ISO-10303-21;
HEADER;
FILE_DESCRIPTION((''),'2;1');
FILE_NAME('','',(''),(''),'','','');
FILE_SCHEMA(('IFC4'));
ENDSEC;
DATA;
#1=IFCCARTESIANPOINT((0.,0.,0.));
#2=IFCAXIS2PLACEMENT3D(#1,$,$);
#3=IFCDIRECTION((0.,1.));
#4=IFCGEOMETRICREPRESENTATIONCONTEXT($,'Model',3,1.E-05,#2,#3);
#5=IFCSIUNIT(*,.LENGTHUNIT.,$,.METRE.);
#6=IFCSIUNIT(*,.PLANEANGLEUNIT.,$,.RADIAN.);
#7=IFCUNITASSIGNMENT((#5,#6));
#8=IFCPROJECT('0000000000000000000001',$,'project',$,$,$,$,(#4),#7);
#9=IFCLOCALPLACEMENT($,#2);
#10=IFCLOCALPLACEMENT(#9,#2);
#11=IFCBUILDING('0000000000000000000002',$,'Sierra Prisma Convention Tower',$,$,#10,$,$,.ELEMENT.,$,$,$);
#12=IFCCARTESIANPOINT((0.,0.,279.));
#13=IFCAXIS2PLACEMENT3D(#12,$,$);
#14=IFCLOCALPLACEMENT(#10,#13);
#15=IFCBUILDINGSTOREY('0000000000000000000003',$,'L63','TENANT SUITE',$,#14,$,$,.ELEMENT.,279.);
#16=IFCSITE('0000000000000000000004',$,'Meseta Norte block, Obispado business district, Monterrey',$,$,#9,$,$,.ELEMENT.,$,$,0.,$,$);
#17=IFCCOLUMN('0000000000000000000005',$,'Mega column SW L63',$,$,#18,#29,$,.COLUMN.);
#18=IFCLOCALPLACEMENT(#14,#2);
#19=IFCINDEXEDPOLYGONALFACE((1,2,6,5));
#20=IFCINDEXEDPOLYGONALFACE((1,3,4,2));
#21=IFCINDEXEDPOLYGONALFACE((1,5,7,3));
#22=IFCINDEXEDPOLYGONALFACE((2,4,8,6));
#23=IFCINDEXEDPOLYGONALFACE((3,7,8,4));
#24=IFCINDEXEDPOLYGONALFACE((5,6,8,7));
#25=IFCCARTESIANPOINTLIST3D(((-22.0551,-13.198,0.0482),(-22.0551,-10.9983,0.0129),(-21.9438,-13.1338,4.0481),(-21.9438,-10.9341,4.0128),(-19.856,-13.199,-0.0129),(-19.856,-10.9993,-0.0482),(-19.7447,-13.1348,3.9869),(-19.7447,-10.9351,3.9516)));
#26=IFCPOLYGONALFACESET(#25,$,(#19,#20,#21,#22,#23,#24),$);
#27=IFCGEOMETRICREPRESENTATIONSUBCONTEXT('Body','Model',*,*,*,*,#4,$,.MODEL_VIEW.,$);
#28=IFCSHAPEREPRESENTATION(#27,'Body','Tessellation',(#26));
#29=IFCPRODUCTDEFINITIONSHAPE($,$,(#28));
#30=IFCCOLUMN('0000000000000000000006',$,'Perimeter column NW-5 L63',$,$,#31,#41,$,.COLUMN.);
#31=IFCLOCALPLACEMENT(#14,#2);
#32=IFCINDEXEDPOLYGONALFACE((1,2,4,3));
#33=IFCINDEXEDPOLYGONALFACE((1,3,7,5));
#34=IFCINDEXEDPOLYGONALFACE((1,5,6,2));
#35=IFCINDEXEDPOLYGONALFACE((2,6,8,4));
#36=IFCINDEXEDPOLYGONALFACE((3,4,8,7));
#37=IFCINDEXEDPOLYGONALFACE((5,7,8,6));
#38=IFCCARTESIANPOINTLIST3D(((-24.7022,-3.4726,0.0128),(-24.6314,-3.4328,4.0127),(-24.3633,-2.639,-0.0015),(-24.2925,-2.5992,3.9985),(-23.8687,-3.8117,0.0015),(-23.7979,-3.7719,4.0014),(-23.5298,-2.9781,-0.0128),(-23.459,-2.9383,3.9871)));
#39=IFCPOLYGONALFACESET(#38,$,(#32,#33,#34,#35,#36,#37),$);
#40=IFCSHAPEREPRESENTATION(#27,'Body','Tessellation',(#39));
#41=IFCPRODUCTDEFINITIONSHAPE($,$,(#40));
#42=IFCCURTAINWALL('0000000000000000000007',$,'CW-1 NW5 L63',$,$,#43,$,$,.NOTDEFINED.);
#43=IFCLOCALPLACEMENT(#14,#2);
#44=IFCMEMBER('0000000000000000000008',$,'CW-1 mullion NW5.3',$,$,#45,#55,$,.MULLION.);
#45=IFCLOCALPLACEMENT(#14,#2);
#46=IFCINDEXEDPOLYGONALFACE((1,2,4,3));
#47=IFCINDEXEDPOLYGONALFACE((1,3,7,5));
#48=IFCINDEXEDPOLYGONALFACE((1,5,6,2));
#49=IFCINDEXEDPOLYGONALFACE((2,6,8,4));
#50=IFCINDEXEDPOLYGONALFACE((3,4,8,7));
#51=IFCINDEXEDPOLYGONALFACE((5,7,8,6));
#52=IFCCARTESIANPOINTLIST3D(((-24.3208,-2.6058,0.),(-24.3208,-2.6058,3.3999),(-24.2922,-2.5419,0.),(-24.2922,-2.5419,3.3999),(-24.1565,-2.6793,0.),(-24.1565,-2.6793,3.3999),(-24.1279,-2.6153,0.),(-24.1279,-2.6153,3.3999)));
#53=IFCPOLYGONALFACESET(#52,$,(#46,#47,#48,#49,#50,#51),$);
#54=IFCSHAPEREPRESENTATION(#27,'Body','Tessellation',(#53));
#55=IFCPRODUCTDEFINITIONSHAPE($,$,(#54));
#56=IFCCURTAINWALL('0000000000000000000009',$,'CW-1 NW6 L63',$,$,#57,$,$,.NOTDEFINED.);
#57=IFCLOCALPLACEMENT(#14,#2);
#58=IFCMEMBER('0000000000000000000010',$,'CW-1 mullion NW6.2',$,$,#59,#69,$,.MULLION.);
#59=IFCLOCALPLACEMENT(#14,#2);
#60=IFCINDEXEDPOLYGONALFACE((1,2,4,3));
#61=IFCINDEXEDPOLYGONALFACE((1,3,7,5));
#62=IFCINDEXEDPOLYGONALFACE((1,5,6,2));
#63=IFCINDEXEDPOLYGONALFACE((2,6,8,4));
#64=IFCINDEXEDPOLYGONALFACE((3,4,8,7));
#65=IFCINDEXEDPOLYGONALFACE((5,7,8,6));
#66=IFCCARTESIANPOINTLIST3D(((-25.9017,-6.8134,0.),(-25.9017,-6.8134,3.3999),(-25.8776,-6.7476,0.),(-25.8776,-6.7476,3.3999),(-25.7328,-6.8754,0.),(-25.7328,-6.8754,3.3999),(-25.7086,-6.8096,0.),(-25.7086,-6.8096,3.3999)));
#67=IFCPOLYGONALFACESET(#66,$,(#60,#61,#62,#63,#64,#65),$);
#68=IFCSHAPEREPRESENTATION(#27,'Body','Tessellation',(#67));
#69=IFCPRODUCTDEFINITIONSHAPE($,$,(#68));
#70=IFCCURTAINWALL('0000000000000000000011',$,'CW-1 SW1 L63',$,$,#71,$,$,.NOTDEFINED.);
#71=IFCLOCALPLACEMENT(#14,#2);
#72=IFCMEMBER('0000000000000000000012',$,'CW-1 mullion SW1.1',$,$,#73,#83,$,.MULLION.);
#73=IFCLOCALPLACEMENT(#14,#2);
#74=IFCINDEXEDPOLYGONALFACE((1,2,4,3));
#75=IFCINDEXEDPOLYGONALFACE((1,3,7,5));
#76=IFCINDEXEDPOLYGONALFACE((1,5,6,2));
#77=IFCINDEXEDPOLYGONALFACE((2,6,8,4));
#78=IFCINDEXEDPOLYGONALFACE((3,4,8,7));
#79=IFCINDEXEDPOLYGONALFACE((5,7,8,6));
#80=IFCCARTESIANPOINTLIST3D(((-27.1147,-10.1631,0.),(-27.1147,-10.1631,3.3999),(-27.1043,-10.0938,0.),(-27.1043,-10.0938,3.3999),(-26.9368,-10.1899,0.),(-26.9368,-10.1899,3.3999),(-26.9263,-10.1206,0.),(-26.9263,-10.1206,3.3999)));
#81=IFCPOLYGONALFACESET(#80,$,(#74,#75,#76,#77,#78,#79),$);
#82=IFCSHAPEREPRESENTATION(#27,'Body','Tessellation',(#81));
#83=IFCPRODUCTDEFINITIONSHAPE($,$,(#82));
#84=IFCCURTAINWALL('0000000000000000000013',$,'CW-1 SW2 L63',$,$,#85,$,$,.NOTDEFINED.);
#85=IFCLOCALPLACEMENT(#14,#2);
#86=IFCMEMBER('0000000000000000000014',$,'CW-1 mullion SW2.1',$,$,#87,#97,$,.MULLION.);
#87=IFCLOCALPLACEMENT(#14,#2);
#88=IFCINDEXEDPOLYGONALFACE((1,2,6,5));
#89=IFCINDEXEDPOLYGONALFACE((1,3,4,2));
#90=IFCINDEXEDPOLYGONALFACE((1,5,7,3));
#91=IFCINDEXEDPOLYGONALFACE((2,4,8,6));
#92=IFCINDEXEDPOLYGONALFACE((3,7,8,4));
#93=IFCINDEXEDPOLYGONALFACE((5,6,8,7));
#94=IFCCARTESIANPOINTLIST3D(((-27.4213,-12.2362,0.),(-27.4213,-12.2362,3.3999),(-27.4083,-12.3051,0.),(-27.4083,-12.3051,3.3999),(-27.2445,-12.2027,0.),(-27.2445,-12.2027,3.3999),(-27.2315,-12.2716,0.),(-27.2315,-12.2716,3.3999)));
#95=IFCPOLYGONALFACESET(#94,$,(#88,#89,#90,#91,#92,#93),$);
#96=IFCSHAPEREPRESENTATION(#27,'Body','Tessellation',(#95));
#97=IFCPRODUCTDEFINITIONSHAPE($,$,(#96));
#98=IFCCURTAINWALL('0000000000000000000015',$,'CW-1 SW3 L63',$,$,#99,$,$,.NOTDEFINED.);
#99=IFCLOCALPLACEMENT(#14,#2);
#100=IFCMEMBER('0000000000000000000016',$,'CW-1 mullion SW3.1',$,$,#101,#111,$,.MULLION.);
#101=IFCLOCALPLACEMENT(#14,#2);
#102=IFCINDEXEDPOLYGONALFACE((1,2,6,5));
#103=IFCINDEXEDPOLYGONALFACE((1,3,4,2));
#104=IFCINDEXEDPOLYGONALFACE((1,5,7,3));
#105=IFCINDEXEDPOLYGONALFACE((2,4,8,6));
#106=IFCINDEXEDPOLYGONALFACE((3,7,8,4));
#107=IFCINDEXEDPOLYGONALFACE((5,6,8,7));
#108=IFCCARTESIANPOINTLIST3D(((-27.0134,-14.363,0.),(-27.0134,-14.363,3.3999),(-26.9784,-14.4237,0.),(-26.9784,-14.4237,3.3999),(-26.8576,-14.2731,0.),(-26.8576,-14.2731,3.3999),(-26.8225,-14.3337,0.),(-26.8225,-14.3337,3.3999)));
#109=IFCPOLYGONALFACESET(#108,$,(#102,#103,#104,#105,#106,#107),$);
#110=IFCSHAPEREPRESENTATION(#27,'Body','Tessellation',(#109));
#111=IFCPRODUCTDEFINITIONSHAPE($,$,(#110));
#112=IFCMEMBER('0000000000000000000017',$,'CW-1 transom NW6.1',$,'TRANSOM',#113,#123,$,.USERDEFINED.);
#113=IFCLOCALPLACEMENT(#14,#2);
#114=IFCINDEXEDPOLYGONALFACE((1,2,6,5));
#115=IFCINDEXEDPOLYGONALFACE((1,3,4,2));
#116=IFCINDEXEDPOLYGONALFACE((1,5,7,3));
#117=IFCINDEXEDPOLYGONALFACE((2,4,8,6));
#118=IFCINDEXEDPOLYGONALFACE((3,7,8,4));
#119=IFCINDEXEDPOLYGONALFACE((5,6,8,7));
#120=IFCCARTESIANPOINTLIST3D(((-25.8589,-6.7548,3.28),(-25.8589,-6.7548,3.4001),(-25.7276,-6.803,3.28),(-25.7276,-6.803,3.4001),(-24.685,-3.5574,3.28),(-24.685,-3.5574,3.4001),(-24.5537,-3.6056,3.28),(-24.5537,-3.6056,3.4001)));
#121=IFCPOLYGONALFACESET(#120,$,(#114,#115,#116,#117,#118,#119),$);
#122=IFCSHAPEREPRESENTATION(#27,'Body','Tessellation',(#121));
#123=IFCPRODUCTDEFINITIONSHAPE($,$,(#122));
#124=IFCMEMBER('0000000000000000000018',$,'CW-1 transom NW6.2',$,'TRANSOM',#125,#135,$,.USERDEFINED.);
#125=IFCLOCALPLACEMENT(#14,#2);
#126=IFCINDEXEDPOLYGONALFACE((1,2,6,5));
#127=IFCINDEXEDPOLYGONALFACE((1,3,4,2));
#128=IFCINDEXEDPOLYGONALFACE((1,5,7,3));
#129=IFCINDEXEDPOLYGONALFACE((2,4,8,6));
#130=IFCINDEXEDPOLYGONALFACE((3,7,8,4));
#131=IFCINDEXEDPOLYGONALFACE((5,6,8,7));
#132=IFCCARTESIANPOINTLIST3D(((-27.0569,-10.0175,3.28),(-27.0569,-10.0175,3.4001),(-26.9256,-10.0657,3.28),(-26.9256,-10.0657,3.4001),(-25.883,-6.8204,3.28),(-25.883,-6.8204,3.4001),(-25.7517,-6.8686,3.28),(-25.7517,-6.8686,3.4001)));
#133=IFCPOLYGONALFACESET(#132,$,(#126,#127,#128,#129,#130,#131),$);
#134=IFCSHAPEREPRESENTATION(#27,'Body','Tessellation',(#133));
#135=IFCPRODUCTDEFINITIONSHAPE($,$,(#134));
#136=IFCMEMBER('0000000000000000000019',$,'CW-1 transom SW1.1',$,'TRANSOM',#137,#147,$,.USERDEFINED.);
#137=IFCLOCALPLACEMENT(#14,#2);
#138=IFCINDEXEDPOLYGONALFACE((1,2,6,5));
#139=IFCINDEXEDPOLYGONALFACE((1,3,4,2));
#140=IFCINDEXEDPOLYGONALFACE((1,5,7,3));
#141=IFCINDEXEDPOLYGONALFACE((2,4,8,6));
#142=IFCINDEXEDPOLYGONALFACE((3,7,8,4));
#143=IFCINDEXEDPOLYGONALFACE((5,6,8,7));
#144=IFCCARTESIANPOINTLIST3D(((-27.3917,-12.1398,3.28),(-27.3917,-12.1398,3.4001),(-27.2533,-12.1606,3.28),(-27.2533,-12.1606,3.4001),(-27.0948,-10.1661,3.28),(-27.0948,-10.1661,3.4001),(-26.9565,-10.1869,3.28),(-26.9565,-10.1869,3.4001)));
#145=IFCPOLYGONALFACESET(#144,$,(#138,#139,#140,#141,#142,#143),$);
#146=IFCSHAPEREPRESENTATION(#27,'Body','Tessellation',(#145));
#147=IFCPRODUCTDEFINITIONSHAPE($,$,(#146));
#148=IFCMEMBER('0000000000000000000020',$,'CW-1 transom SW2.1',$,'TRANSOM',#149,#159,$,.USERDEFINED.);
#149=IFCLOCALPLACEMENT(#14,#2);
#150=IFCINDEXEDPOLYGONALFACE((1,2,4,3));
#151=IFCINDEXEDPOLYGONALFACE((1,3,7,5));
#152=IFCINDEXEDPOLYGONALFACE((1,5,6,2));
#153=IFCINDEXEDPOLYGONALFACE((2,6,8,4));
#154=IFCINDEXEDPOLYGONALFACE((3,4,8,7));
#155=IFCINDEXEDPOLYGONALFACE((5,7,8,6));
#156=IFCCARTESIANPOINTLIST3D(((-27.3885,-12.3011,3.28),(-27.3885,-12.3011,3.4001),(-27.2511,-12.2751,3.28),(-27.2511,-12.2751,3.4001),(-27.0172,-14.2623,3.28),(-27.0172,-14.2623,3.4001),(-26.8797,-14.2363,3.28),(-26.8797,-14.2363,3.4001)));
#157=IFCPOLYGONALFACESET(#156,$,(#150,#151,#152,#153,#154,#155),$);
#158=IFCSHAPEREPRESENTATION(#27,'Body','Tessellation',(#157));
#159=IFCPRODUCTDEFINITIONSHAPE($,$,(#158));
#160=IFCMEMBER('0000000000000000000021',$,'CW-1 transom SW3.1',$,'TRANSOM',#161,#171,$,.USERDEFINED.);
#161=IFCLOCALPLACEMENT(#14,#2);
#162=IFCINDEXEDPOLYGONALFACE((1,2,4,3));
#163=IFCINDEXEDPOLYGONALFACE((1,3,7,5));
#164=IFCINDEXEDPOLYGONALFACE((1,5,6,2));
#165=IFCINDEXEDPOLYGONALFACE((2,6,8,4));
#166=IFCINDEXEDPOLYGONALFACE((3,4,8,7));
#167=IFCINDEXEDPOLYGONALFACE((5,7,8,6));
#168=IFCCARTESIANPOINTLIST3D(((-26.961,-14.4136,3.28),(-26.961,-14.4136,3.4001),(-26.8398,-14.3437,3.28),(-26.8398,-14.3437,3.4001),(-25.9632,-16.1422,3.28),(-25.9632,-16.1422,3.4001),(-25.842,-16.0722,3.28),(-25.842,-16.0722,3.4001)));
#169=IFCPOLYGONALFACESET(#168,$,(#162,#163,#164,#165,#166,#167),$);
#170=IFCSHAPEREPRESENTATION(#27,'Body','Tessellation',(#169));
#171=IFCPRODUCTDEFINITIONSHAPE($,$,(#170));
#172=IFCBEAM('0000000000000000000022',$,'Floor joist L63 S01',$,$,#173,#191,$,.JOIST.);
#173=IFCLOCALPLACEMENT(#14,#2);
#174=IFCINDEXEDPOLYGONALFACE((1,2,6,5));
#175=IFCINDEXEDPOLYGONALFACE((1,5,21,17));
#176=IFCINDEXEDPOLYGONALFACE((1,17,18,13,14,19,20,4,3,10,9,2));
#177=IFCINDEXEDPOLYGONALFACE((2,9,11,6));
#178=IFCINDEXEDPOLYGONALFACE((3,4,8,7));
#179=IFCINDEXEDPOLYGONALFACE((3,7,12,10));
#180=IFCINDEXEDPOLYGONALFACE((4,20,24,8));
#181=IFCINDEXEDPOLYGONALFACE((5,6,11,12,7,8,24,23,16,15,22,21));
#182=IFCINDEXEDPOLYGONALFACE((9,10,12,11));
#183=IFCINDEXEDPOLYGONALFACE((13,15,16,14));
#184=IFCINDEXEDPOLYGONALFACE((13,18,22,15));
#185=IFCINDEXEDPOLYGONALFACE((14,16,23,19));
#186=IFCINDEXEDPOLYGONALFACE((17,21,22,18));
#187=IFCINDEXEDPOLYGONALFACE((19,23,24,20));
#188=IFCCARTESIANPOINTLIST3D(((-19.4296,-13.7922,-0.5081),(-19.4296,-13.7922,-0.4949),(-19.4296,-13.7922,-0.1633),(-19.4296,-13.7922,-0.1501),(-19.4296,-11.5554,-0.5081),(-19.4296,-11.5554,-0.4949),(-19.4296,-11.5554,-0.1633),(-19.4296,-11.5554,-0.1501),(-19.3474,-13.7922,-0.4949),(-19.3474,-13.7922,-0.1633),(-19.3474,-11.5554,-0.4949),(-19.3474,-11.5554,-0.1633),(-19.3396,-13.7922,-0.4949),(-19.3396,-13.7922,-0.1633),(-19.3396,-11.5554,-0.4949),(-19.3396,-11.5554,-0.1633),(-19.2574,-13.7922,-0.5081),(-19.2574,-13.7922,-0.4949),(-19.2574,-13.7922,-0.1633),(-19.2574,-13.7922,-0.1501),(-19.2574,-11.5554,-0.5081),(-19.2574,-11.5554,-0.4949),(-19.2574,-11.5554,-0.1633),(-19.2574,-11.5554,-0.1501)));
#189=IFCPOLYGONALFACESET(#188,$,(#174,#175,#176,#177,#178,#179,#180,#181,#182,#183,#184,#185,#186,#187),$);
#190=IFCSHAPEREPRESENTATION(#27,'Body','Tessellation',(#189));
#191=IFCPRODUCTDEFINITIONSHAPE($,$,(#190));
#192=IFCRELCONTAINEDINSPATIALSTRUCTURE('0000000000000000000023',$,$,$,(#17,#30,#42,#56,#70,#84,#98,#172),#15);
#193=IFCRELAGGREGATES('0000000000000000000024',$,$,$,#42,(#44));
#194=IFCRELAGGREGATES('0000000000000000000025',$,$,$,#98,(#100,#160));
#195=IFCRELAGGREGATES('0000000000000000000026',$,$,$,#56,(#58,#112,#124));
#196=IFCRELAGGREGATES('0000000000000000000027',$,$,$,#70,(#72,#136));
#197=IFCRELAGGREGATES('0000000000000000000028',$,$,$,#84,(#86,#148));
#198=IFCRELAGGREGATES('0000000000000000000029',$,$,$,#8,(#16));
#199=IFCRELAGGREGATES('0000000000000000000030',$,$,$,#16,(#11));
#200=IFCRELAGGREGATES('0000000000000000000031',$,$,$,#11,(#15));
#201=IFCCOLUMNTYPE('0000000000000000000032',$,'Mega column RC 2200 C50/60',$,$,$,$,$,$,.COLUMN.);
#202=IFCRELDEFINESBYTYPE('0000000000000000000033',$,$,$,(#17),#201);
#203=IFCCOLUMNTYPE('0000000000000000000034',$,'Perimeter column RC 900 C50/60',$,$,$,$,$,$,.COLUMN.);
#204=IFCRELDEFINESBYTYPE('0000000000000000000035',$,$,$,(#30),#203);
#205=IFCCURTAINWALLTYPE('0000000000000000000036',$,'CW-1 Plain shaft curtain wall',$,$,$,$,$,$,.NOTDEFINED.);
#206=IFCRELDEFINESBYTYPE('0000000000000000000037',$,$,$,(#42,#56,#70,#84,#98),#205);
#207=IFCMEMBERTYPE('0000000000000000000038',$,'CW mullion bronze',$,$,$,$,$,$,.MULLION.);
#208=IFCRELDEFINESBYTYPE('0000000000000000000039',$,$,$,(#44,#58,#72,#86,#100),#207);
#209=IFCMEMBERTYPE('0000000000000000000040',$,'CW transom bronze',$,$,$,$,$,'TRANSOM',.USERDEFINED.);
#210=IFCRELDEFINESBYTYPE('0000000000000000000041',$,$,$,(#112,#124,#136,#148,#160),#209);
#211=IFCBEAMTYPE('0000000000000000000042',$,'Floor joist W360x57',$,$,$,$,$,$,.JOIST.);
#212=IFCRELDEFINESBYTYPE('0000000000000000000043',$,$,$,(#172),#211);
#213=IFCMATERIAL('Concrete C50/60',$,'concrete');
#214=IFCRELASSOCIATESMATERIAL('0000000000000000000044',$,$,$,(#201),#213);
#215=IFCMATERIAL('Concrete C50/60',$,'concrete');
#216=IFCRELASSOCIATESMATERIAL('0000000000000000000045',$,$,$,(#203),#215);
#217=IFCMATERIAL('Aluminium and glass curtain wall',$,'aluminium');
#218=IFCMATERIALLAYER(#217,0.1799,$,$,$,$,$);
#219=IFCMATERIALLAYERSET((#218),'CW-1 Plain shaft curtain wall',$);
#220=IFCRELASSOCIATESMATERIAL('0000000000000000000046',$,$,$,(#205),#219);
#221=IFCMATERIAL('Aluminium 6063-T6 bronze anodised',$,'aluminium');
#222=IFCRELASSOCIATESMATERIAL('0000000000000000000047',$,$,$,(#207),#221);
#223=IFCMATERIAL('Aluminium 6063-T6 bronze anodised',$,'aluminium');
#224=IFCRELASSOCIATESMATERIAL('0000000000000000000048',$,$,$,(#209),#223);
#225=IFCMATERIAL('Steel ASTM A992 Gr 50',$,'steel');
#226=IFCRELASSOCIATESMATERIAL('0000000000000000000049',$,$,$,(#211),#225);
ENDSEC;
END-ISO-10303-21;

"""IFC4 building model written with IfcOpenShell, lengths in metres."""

from ifc_helpers import new_model, si_unit, direction, frame, origin, origin_2d, place, context, subcontext, project, spatial, rectangle, i_section, extrude, material, layer, layer_set, material_profile, profile_set, type_object, element, aggregate, save


model = new_model("IFC4")

# Units and contexts
model_context = context("Model", 3, precision=1e-05, world=origin(), true_north=direction((0.0, 1.0)))
body_context = subcontext(model_context, "Body", "Model", "MODEL_VIEW")
ifc_project = project(units=[si_unit("LENGTHUNIT", "METRE"), si_unit("PLANEANGLEUNIT", "RADIAN")], contexts=[model_context])

# Site, building, storey
site_placement = place(None, origin())
site = spatial("IfcSite", under=ifc_project, at=site_placement, Name="Meseta Norte block, Obispado business district, Monterrey", CompositionType="ELEMENT", RefElevation=0.0)
building_placement = place(site_placement, origin())
building = spatial("IfcBuilding", under=site, at=building_placement, Name="Sierra Prisma Convention Tower", CompositionType="ELEMENT")
storey_placement = place(building_placement, frame((0.0, 0.0, 279.0)))
storey = spatial("IfcBuildingStorey", under=building, at=storey_placement, Name="L63", Description="TENANT SUITE", CompositionType="ELEMENT", Elevation=279.0)

# Columns
ifc_material_1 = material(Name="Concrete C50/60", Category="concrete")
ifc_material_profile_1 = material_profile(ifc_material_1, rectangle(XDim=2.2, YDim=2.2, at=origin_2d()), Name="Mega column RC 2200 C50/60")
ifc_profile_set_1 = profile_set([ifc_material_profile_1], Name="Concrete C50/60")
column_type_1 = type_object("IfcColumnType", Name="Mega column RC 2200 C50/60", PredefinedType="COLUMN", material=ifc_profile_set_1)
column_1_placement = place(storey_placement, frame((-20.9556, -12.0986, 0.0), z_axis=(0.027818, 0.016044, 0.999484), x_axis=(0.999613, -0.000446, -0.027814)))
element("IfcColumn", 1, at=column_1_placement, inside=storey, type_object=column_type_1, Name="Mega column SW L63", PredefinedType="COLUMN", context=body_context, shape_type="SweptSolid", body=[
    extrude(rectangle(XDim=2.2, YDim=2.2, at=origin_2d()), origin(), (0.0, 0.0, 1.0), 4.002),
])
ifc_material_2 = material(Name="Concrete C50/60", Category="concrete")
ifc_material_profile_2 = material_profile(ifc_material_2, rectangle(XDim=0.8999, YDim=0.8999, at=origin_2d()), Name="Perimeter column RC 900 C50/60")
ifc_profile_set_2 = profile_set([ifc_material_profile_2], Name="Concrete C50/60")
column_type_2 = type_object("IfcColumnType", Name="Perimeter column RC 900 C50/60", PredefinedType="COLUMN", material=ifc_profile_set_2)
column_2_placement = place(storey_placement, frame((-24.116, -3.2253, 0.0), z_axis=(0.017697, 0.009947, 0.999794), x_axis=(0.376615, 0.926234, -0.015881)))
element("IfcColumn", 2, at=column_2_placement, inside=storey, type_object=column_type_2, Name="Perimeter column NW-5 L63", PredefinedType="COLUMN", context=body_context, shape_type="SweptSolid", body=[
    extrude(rectangle(XDim=0.8999, YDim=0.8999, at=origin_2d()), origin(), (0.0, 0.0, 1.0), 4.0007),
])

# Curtain walls, members
ifc_material_3 = material(Name="Aluminium and glass curtain wall", Category="aluminium")
ifc_layer_1 = layer(ifc_material_3, 0.1799)
ifc_layer_set_1 = layer_set([ifc_layer_1], Name="CW-1 Plain shaft curtain wall")
curtain_wall_type = type_object("IfcCurtainWallType", Name="CW-1 Plain shaft curtain wall", PredefinedType="NOTDEFINED", material=ifc_layer_set_1)
curtain_wall_1_placement = place(storey_placement, origin())
curtain_wall_1 = element("IfcCurtainWall", 3, at=curtain_wall_1_placement, inside=storey, type_object=curtain_wall_type, Name="CW-1 NW5 L63", PredefinedType="NOTDEFINED")
ifc_material_4 = material(Name="Aluminium 6063-T6 bronze anodised", Category="aluminium")
ifc_material_profile_3 = material_profile(ifc_material_4, rectangle(XDim=0.1799, YDim=0.0701, at=origin_2d()), Name="ALU MULLION 70x180")
ifc_profile_set_3 = profile_set([ifc_material_profile_3], Name="Aluminium 6063-T6 bronze anodised")
member_type_1 = type_object("IfcMemberType", Name="CW mullion bronze", PredefinedType="MULLION", material=ifc_profile_set_3)
member_1_placement = place(storey_placement, frame((-24.2244, -2.6106, 0.0), z_axis=(0.0, 0.0, 1.0), x_axis=(0.912864, -0.408264, 0.0)))
member_1 = element("IfcMember", 4, at=member_1_placement, type_object=member_type_1, Name="CW-1 mullion NW5.3", PredefinedType="MULLION", context=body_context, shape_type="SweptSolid", body=[
    extrude(rectangle(XDim=0.1799, YDim=0.0701, at=origin_2d()), origin(), (0.0, 0.0, 1.0), 3.3999),
])
aggregate(curtain_wall_1, [member_1])
curtain_wall_2_placement = place(storey_placement, origin())
curtain_wall_2 = element("IfcCurtainWall", 5, at=curtain_wall_2_placement, inside=storey, type_object=curtain_wall_type, Name="CW-1 NW6 L63", PredefinedType="NOTDEFINED")
member_2_placement = place(storey_placement, frame((-25.8052, -6.8115, 0.0), z_axis=(0.0, 0.0, 1.0), x_axis=(0.938735, -0.344639, 0.0)))
member_2 = element("IfcMember", 6, at=member_2_placement, type_object=member_type_1, Name="CW-1 mullion NW6.2", PredefinedType="MULLION", context=body_context, shape_type="SweptSolid", body=[
    extrude(rectangle(XDim=0.1799, YDim=0.0701, at=origin_2d()), origin(), (0.0, 0.0, 1.0), 3.3999),
])
curtain_wall_3_placement = place(storey_placement, origin())
curtain_wall_3 = element("IfcCurtainWall", 7, at=curtain_wall_3_placement, inside=storey, type_object=curtain_wall_type, Name="CW-1 SW1 L63", PredefinedType="NOTDEFINED")
member_3_placement = place(storey_placement, frame((-27.0205, -10.1418, 0.0), z_axis=(0.0, 0.0, 1.0), x_axis=(0.988878, -0.148731, 0.0)))
member_3 = element("IfcMember", 8, at=member_3_placement, type_object=member_type_1, Name="CW-1 mullion SW1.1", PredefinedType="MULLION", context=body_context, shape_type="SweptSolid", body=[
    extrude(rectangle(XDim=0.1799, YDim=0.0701, at=origin_2d()), origin(), (0.0, 0.0, 1.0), 3.3999),
])
curtain_wall_4_placement = place(storey_placement, origin())
curtain_wall_4 = element("IfcCurtainWall", 9, at=curtain_wall_4_placement, inside=storey, type_object=curtain_wall_type, Name="CW-1 SW2 L63", PredefinedType="NOTDEFINED")
member_4_placement = place(storey_placement, frame((-27.3264, -12.2539, 0.0), z_axis=(0.0, 0.0, 1.0), x_axis=(0.982537, 0.186066, 0.0)))
member_4 = element("IfcMember", 10, at=member_4_placement, type_object=member_type_1, Name="CW-1 mullion SW2.1", PredefinedType="MULLION", context=body_context, shape_type="SweptSolid", body=[
    extrude(rectangle(XDim=0.1799, YDim=0.0701, at=origin_2d()), origin(), (0.0, 0.0, 1.0), 3.3999),
])
curtain_wall_5_placement = place(storey_placement, origin())
curtain_wall_5 = element("IfcCurtainWall", 11, at=curtain_wall_5_placement, inside=storey, type_object=curtain_wall_type, Name="CW-1 SW3 L63", PredefinedType="NOTDEFINED")
member_5_placement = place(storey_placement, frame((-26.918, -14.3484, 0.0), z_axis=(0.0, 0.0, 1.0), x_axis=(0.866025, 0.5, 0.0)))
member_5 = element("IfcMember", 12, at=member_5_placement, type_object=member_type_1, Name="CW-1 mullion SW3.1", PredefinedType="MULLION", context=body_context, shape_type="SweptSolid", body=[
    extrude(rectangle(XDim=0.1799, YDim=0.0701, at=origin_2d()), origin(), (0.0, 0.0, 1.0), 3.3999),
])

# Members
ifc_material_5 = material(Name="Aluminium 6063-T6 bronze anodised", Category="aluminium")
ifc_material_profile_4 = material_profile(ifc_material_5, rectangle(XDim=0.1399, YDim=0.1201, at=origin_2d()), Name="ALU TRANSOM 120x140")
ifc_profile_set_4 = profile_set([ifc_material_profile_4], Name="Aluminium 6063-T6 bronze anodised")
member_type_2 = type_object("IfcMemberType", Name="CW transom bronze", ElementType="TRANSOM", PredefinedType="USERDEFINED", material=ifc_profile_set_4)
member_6_placement = place(storey_placement, frame((-24.6194, -3.5815, 3.3401), z_axis=(-0.344642, -0.938734, 0.0), x_axis=(0.938734, -0.344642, 0.0)))
member_6 = element("IfcMember", 13, at=member_6_placement, type_object=member_type_2, Name="CW-1 transom NW6.1", ObjectType="TRANSOM", PredefinedType="USERDEFINED", context=body_context, shape_type="SweptSolid", body=[
    extrude(rectangle(XDim=0.1399, YDim=0.1201, at=origin_2d()), origin(), (0.0, 0.0, 1.0), 3.406),
])
member_7_placement = place(storey_placement, frame((-25.8174, -6.8445, 3.3401), z_axis=(-0.344665, -0.938726, 0.0), x_axis=(0.938726, -0.344665, 0.0)))
member_7 = element("IfcMember", 14, at=member_7_placement, type_object=member_type_2, Name="CW-1 transom NW6.2", ObjectType="TRANSOM", PredefinedType="USERDEFINED", context=body_context, shape_type="SweptSolid", body=[
    extrude(rectangle(XDim=0.1399, YDim=0.1201, at=origin_2d()), origin(), (0.0, 0.0, 1.0), 3.4058),
])
member_8_placement = place(storey_placement, frame((-27.0256, -10.1765, 3.3401), z_axis=(-0.148747, -0.988875, 0.0), x_axis=(0.988875, -0.148747, 0.0)))
member_8 = element("IfcMember", 15, at=member_8_placement, type_object=member_type_2, Name="CW-1 transom SW1.1", ObjectType="TRANSOM", PredefinedType="USERDEFINED", context=body_context, shape_type="SweptSolid", body=[
    extrude(rectangle(XDim=0.1399, YDim=0.1201, at=origin_2d()), origin(), (0.0, 0.0, 1.0), 1.9958),
])
member_9_placement = place(storey_placement, frame((-27.3198, -12.2881, 3.3401), z_axis=(0.186038, -0.982542, 0.0), x_axis=(0.982542, 0.186038, 0.0)))
member_9 = element("IfcMember", 16, at=member_9_placement, type_object=member_type_2, Name="CW-1 transom SW2.1", ObjectType="TRANSOM", PredefinedType="USERDEFINED", context=body_context, shape_type="SweptSolid", body=[
    extrude(rectangle(XDim=0.1399, YDim=0.1201, at=origin_2d()), origin(), (0.0, 0.0, 1.0), 1.9961),
])
member_10_placement = place(storey_placement, frame((-26.9004, -14.3787, 3.3401), z_axis=(0.499941, -0.866059, 0.0), x_axis=(0.866059, 0.499941, 0.0)))
member_10 = element("IfcMember", 17, at=member_10_placement, type_object=member_type_2, Name="CW-1 transom SW3.1", ObjectType="TRANSOM", PredefinedType="USERDEFINED", context=body_context, shape_type="SweptSolid", body=[
    extrude(rectangle(XDim=0.1399, YDim=0.1201, at=origin_2d()), origin(), (0.0, 0.0, 1.0), 1.9958),
])
aggregate(curtain_wall_5, [member_5, member_10])

# Beam
ifc_material_6 = material(Name="Steel ASTM A992 Gr 50", Category="steel")
ifc_material_profile_5 = material_profile(ifc_material_6, i_section(OverallWidth=0.1721, OverallDepth=0.3579, WebThickness=0.0078, FlangeThickness=0.0132, at=origin_2d()), Name="W360x57")
ifc_profile_set_5 = profile_set([ifc_material_profile_5], Name="Steel ASTM A992 Gr 50")
beam_type_1 = type_object("IfcBeamType", Name="Floor joist W360x57", PredefinedType="JOIST", material=ifc_profile_set_5)
beam_1_placement = place(storey_placement, frame((-19.3435, -13.7922, -0.3291), z_axis=(0.0, 1.0, 0.0), x_axis=(-1.0, 0.0, 0.0)))
element("IfcBeam", 18, at=beam_1_placement, inside=storey, type_object=beam_type_1, Name="Floor joist L63 S01", PredefinedType="JOIST", context=body_context, shape_type="SweptSolid", body=[
    extrude(i_section(OverallWidth=0.1721, OverallDepth=0.3579, WebThickness=0.0078, FlangeThickness=0.0132, at=origin_2d()), origin(), (0.0, 0.0, 1.0), 2.2368),
])

aggregate(curtain_wall_2, [member_2, member_6, member_7])
aggregate(curtain_wall_3, [member_3, member_8])
aggregate(curtain_wall_4, [member_4, member_9])

save(model, "model.ifc")
